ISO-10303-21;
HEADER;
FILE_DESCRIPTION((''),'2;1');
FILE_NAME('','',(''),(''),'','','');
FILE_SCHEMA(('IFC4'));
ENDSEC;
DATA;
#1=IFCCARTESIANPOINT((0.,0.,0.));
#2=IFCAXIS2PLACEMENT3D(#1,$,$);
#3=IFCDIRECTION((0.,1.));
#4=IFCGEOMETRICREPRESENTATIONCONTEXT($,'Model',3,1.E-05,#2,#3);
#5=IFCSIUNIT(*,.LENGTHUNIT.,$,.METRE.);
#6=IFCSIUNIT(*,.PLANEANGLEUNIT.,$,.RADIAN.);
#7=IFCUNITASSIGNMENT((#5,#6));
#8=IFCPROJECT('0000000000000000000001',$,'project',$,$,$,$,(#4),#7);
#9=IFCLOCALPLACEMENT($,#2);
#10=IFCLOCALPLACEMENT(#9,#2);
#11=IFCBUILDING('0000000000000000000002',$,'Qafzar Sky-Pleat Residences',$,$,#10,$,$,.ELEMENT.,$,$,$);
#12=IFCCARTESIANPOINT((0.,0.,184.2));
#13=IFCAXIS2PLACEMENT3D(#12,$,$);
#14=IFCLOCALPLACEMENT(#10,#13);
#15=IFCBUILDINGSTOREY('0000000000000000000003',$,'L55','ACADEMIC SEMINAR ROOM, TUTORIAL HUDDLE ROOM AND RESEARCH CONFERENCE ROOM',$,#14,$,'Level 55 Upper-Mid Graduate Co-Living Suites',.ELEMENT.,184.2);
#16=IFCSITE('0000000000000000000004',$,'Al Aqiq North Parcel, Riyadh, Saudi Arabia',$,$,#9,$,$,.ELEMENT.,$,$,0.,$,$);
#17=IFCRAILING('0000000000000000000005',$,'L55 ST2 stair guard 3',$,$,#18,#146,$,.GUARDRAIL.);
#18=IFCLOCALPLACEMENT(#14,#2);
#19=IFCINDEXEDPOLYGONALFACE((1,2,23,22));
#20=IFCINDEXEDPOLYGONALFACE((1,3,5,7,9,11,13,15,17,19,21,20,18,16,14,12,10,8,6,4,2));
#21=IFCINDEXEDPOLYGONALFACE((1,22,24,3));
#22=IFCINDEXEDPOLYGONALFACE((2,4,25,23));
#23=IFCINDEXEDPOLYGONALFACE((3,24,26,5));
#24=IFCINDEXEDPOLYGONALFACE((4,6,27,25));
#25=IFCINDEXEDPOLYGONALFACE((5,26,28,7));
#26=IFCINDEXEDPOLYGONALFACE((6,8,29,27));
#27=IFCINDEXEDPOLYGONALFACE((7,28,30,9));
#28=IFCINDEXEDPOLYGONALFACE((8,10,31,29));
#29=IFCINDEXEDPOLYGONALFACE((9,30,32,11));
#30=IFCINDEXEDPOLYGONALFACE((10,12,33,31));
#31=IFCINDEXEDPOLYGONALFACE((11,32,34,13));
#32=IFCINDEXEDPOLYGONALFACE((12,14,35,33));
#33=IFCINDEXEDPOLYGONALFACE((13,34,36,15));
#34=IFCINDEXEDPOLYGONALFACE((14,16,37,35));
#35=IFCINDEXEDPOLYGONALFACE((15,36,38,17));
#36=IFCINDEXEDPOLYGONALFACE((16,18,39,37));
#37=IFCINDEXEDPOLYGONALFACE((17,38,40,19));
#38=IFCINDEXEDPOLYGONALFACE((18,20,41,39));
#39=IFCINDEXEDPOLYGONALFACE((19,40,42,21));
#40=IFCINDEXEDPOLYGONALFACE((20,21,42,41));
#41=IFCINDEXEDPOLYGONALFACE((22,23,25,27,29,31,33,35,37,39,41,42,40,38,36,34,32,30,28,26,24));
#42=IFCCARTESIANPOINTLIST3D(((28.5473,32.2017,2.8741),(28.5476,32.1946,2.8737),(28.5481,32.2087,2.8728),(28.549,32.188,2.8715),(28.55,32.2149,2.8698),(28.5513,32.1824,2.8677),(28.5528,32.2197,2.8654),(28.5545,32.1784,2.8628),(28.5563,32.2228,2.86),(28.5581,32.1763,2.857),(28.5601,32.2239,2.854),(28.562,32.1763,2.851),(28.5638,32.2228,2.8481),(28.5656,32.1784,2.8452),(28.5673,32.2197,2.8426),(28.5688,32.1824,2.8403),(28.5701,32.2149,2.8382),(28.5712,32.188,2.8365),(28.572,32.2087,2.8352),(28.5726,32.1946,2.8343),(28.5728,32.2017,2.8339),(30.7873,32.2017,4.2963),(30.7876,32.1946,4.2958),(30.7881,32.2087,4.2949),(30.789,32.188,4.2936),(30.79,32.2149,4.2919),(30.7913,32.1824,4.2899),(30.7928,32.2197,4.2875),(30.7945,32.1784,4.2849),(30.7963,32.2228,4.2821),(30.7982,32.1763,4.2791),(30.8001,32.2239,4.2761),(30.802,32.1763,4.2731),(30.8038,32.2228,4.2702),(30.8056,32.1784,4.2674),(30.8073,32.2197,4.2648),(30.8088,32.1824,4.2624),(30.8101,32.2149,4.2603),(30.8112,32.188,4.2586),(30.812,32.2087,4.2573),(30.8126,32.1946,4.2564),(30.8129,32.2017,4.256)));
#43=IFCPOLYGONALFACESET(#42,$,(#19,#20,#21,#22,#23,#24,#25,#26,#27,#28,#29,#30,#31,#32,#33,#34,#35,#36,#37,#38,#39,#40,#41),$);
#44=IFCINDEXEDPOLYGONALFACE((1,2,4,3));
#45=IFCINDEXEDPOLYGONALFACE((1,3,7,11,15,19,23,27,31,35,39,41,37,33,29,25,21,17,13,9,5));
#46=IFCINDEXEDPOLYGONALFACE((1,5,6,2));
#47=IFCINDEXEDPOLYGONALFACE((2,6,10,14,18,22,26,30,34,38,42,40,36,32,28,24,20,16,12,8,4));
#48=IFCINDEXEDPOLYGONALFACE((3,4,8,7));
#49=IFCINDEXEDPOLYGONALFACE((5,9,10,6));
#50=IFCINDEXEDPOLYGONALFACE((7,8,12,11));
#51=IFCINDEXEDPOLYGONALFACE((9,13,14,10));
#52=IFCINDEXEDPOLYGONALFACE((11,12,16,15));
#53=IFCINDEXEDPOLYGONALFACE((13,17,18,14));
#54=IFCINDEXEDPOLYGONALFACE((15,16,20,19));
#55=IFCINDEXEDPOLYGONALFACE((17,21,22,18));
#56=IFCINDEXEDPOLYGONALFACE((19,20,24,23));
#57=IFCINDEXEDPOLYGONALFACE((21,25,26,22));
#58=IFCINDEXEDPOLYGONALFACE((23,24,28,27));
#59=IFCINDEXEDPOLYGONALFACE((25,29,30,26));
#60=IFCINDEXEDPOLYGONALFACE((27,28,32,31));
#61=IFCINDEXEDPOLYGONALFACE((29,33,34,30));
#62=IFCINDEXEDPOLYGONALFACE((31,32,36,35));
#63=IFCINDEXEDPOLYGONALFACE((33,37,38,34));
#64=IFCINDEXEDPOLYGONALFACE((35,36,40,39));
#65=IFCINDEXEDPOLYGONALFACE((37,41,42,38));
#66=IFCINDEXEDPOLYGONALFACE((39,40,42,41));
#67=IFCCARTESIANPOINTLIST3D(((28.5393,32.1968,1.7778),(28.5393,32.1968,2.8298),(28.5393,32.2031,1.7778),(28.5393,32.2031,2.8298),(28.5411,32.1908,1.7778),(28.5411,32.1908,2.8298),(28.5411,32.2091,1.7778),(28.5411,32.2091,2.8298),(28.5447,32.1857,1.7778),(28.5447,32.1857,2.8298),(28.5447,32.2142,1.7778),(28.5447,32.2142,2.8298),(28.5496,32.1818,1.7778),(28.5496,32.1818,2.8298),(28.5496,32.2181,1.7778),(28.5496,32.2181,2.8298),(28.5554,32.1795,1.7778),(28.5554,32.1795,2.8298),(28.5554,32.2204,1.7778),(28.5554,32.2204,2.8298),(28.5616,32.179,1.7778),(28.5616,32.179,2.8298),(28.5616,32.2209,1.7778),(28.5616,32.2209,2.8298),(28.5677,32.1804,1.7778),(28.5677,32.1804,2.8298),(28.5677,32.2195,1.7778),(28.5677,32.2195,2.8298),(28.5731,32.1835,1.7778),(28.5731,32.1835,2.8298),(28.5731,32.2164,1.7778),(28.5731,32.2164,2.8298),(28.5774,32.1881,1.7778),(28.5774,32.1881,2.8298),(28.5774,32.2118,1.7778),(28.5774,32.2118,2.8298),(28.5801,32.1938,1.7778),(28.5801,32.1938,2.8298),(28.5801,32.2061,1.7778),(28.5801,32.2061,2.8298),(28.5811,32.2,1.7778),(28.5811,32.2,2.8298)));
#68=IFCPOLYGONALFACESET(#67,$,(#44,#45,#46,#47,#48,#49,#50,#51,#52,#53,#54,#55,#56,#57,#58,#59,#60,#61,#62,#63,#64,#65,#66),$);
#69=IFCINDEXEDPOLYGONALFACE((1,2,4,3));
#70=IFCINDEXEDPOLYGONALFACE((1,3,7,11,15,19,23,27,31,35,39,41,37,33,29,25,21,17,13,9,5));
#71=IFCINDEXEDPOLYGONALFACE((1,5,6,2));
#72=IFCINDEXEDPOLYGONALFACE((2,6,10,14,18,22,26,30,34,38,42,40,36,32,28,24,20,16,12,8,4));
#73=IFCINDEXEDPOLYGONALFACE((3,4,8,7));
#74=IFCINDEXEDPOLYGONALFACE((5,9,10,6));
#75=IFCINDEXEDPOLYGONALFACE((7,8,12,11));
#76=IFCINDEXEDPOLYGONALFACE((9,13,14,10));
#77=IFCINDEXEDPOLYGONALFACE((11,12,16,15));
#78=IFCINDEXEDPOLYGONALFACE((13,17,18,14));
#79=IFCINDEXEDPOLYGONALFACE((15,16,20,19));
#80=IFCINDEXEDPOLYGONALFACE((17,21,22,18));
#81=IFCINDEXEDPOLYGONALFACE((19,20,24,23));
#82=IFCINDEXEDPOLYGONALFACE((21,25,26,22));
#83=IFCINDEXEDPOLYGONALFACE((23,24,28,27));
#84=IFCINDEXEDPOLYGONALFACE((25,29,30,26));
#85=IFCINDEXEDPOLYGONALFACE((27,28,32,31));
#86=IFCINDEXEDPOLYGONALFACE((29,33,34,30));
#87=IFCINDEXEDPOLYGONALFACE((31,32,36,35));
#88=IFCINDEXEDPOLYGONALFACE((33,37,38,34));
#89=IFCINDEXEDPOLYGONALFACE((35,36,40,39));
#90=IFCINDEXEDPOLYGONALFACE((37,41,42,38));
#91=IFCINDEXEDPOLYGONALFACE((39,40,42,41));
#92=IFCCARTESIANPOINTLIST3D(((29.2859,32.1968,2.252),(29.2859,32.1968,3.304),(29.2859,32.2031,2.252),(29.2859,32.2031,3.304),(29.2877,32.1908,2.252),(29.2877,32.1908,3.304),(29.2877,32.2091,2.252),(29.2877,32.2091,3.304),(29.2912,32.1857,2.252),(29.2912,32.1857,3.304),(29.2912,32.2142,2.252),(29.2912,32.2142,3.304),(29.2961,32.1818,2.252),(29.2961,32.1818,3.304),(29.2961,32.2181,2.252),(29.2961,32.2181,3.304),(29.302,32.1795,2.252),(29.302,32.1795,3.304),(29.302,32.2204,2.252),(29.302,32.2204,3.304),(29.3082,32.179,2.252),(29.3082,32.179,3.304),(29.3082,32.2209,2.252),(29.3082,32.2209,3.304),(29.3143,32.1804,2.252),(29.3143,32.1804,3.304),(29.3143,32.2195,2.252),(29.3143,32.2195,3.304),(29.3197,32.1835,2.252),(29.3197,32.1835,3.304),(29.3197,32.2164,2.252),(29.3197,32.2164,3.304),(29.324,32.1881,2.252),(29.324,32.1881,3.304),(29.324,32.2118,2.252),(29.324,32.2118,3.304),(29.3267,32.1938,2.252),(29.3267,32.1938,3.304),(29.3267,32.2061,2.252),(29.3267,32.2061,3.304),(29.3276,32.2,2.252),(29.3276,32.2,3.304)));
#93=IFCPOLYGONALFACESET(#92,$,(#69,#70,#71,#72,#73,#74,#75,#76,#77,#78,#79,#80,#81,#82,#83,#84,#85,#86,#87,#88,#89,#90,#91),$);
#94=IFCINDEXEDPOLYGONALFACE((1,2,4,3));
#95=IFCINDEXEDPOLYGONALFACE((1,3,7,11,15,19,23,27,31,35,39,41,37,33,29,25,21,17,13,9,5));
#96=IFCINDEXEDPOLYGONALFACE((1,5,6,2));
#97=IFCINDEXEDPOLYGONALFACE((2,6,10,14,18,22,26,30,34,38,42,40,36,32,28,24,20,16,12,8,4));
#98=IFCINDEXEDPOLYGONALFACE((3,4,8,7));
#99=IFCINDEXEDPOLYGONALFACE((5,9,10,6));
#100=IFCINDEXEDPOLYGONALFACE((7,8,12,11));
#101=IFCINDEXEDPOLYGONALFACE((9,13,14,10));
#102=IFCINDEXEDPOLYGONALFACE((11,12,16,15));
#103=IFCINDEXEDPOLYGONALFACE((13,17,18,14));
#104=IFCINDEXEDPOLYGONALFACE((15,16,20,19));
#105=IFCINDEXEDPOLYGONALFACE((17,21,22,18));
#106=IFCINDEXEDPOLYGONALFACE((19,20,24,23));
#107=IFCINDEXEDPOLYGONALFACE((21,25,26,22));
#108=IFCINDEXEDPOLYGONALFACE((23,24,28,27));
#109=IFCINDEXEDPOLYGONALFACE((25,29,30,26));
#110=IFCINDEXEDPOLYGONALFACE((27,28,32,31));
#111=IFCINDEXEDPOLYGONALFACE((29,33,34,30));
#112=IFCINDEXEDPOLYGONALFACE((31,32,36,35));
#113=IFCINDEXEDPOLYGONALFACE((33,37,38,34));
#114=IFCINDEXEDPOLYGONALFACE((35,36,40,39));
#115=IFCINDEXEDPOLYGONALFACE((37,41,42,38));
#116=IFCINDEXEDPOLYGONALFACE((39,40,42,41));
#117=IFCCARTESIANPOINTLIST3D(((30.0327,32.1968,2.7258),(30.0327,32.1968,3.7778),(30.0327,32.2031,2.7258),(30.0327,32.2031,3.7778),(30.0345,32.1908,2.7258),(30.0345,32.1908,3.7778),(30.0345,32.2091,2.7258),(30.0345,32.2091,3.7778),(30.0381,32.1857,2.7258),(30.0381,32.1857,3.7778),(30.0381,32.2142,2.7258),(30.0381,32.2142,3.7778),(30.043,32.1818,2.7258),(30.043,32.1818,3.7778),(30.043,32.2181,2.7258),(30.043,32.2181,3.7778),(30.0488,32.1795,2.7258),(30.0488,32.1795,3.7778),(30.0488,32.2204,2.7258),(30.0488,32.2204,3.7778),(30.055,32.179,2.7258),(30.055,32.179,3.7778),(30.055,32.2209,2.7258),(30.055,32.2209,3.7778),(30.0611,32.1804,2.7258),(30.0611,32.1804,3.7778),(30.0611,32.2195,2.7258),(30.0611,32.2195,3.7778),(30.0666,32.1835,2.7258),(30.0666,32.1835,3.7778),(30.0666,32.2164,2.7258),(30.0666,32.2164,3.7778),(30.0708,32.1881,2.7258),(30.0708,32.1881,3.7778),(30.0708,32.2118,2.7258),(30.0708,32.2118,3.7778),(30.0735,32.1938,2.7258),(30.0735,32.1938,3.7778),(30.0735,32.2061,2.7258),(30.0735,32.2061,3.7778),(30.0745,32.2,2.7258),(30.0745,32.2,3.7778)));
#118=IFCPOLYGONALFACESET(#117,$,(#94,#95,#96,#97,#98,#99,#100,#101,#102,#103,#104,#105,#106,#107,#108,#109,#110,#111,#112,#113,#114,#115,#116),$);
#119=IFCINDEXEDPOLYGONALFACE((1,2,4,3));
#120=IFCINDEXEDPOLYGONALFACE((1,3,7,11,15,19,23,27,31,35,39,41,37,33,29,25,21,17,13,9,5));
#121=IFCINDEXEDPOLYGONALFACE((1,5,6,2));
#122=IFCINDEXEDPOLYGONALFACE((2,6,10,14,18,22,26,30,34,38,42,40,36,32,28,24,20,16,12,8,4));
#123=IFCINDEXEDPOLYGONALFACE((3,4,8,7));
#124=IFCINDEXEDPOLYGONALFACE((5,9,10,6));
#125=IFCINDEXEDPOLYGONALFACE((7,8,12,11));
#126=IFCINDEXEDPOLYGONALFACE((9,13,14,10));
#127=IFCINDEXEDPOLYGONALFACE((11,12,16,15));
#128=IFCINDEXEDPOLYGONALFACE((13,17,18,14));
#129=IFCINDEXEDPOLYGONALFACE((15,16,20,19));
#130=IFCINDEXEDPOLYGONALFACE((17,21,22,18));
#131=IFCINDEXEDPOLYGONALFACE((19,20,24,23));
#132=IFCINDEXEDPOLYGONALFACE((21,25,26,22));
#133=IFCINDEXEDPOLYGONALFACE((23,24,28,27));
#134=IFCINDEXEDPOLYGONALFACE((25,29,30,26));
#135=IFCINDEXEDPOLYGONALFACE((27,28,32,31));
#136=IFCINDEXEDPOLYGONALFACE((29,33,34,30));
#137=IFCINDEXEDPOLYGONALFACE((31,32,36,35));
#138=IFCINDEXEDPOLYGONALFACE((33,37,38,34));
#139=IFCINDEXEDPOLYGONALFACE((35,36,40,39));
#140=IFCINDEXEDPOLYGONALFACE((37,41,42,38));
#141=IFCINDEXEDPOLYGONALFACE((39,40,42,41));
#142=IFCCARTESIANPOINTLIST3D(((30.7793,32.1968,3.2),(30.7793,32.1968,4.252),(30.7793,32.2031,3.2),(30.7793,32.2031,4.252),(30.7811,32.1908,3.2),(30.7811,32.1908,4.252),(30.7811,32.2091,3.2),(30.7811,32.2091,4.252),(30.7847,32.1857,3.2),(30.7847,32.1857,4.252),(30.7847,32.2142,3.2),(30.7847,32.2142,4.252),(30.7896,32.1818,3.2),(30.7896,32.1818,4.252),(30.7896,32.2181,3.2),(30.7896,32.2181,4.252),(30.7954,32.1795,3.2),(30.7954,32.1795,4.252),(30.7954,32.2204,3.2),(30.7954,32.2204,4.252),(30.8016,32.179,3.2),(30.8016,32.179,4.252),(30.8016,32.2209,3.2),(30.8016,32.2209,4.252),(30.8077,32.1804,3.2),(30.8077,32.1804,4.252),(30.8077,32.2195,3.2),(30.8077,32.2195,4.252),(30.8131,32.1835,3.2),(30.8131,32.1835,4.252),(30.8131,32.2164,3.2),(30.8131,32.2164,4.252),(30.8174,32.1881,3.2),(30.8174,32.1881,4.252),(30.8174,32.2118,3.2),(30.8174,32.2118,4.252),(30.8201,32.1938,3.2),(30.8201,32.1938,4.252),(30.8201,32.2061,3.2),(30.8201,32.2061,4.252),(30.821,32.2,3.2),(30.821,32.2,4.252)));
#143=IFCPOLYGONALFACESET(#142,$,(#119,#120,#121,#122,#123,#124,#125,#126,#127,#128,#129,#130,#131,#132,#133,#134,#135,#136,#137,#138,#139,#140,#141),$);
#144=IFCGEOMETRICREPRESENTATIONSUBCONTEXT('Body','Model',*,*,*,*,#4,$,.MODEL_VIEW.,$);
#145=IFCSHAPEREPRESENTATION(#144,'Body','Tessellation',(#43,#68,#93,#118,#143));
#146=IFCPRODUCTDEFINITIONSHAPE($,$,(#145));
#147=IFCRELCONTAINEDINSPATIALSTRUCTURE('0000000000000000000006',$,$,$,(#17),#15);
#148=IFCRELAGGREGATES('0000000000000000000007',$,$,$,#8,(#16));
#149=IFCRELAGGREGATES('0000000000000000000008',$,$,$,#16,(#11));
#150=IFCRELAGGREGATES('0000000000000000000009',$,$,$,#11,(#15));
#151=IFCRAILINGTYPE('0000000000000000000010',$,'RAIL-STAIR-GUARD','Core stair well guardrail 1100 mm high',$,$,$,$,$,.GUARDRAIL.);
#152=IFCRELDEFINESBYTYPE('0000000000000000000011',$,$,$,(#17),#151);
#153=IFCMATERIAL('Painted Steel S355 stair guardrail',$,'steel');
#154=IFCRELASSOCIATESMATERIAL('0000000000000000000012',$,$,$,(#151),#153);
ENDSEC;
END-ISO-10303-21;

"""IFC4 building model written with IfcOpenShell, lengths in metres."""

from ifc_helpers import new_model, si_unit, direction, frame, origin, origin_2d, place, context, subcontext, project, spatial, circle, extrude, source, transform, mapped, material, type_object, element, save


model = new_model("IFC4")

# Units and contexts
model_context = context("Model", 3, precision=1e-05, world=origin(), true_north=direction((0.0, 1.0)))
body_context = subcontext(model_context, "Body", "Model", "MODEL_VIEW")
ifc_project = project(units=[si_unit("LENGTHUNIT", "METRE"), si_unit("PLANEANGLEUNIT", "RADIAN")], contexts=[model_context])

# Site, building, storey
site_placement = place(None, origin())
site = spatial("IfcSite", under=ifc_project, at=site_placement, Name="Al Aqiq North Parcel, Riyadh, Saudi Arabia", CompositionType="ELEMENT", RefElevation=0.0)
building_placement = place(site_placement, origin())
building = spatial("IfcBuilding", under=site, at=building_placement, Name="Qafzar Sky-Pleat Residences", CompositionType="ELEMENT")
storey_placement = place(building_placement, frame((0.0, 0.0, 184.2)))
storey = spatial("IfcBuildingStorey", under=building, at=storey_placement, Name="L55", Description="ACADEMIC SEMINAR ROOM, TUTORIAL HUDDLE ROOM AND RESEARCH CONFERENCE ROOM", LongName="Level 55 Upper-Mid Graduate Co-Living Suites", CompositionType="ELEMENT", Elevation=184.2)

# Railing
ifc_material_1 = material(Name="Painted Steel S355 stair guardrail", Category="steel")
railing_type_1 = type_object("IfcRailingType", Name="RAIL-STAIR-GUARD", Description="Core stair well guardrail 1100 mm high", PredefinedType="GUARDRAIL", material=ifc_material_1)
shared_shape_1 = source(origin(), body_context, "Body", "SweptSolid", [
    extrude(circle(Radius=0.0239, at=origin_2d()), frame((0.0, 0.0, 1.0762), z_axis=(0.844229, 0.0, 0.535982), x_axis=(0.0, 1.0, 0.0)), (0.0, 0.0, 1.0), 2.6533),
    extrude(circle(Radius=0.021, at=origin_2d()), origin(), (0.0, 0.0, 1.0), 1.052),
    extrude(circle(Radius=0.021, at=origin_2d()), frame((0.7466, 0.0, 0.4741)), (0.0, 0.0, 1.0), 1.052),
    extrude(circle(Radius=0.021, at=origin_2d()), frame((1.4934, 0.0, 0.948)), (0.0, 0.0, 1.0), 1.052),
    extrude(circle(Radius=0.021, at=origin_2d()), frame((2.24, 0.0, 1.4221)), (0.0, 0.0, 1.0), 1.052),
])
railing_1_placement = place(storey_placement, frame((28.5601, 32.2, 1.7778)))
element("IfcRailing", 1, at=railing_1_placement, inside=storey, type_object=railing_type_1, Name="L55 ST2 stair guard 3", PredefinedType="GUARDRAIL", context=body_context, shape_type="MappedRepresentation", body=[
    mapped(shared_shape_1, transform((0.0, 0.0, 0.0), x_axis=(1.0, 0.0, 0.0), y_axis=(0.0, 1.0, 0.0), z_axis=(0.0, 0.0, 1.0), scale=1.0)),
])

save(model, "model.ifc")
